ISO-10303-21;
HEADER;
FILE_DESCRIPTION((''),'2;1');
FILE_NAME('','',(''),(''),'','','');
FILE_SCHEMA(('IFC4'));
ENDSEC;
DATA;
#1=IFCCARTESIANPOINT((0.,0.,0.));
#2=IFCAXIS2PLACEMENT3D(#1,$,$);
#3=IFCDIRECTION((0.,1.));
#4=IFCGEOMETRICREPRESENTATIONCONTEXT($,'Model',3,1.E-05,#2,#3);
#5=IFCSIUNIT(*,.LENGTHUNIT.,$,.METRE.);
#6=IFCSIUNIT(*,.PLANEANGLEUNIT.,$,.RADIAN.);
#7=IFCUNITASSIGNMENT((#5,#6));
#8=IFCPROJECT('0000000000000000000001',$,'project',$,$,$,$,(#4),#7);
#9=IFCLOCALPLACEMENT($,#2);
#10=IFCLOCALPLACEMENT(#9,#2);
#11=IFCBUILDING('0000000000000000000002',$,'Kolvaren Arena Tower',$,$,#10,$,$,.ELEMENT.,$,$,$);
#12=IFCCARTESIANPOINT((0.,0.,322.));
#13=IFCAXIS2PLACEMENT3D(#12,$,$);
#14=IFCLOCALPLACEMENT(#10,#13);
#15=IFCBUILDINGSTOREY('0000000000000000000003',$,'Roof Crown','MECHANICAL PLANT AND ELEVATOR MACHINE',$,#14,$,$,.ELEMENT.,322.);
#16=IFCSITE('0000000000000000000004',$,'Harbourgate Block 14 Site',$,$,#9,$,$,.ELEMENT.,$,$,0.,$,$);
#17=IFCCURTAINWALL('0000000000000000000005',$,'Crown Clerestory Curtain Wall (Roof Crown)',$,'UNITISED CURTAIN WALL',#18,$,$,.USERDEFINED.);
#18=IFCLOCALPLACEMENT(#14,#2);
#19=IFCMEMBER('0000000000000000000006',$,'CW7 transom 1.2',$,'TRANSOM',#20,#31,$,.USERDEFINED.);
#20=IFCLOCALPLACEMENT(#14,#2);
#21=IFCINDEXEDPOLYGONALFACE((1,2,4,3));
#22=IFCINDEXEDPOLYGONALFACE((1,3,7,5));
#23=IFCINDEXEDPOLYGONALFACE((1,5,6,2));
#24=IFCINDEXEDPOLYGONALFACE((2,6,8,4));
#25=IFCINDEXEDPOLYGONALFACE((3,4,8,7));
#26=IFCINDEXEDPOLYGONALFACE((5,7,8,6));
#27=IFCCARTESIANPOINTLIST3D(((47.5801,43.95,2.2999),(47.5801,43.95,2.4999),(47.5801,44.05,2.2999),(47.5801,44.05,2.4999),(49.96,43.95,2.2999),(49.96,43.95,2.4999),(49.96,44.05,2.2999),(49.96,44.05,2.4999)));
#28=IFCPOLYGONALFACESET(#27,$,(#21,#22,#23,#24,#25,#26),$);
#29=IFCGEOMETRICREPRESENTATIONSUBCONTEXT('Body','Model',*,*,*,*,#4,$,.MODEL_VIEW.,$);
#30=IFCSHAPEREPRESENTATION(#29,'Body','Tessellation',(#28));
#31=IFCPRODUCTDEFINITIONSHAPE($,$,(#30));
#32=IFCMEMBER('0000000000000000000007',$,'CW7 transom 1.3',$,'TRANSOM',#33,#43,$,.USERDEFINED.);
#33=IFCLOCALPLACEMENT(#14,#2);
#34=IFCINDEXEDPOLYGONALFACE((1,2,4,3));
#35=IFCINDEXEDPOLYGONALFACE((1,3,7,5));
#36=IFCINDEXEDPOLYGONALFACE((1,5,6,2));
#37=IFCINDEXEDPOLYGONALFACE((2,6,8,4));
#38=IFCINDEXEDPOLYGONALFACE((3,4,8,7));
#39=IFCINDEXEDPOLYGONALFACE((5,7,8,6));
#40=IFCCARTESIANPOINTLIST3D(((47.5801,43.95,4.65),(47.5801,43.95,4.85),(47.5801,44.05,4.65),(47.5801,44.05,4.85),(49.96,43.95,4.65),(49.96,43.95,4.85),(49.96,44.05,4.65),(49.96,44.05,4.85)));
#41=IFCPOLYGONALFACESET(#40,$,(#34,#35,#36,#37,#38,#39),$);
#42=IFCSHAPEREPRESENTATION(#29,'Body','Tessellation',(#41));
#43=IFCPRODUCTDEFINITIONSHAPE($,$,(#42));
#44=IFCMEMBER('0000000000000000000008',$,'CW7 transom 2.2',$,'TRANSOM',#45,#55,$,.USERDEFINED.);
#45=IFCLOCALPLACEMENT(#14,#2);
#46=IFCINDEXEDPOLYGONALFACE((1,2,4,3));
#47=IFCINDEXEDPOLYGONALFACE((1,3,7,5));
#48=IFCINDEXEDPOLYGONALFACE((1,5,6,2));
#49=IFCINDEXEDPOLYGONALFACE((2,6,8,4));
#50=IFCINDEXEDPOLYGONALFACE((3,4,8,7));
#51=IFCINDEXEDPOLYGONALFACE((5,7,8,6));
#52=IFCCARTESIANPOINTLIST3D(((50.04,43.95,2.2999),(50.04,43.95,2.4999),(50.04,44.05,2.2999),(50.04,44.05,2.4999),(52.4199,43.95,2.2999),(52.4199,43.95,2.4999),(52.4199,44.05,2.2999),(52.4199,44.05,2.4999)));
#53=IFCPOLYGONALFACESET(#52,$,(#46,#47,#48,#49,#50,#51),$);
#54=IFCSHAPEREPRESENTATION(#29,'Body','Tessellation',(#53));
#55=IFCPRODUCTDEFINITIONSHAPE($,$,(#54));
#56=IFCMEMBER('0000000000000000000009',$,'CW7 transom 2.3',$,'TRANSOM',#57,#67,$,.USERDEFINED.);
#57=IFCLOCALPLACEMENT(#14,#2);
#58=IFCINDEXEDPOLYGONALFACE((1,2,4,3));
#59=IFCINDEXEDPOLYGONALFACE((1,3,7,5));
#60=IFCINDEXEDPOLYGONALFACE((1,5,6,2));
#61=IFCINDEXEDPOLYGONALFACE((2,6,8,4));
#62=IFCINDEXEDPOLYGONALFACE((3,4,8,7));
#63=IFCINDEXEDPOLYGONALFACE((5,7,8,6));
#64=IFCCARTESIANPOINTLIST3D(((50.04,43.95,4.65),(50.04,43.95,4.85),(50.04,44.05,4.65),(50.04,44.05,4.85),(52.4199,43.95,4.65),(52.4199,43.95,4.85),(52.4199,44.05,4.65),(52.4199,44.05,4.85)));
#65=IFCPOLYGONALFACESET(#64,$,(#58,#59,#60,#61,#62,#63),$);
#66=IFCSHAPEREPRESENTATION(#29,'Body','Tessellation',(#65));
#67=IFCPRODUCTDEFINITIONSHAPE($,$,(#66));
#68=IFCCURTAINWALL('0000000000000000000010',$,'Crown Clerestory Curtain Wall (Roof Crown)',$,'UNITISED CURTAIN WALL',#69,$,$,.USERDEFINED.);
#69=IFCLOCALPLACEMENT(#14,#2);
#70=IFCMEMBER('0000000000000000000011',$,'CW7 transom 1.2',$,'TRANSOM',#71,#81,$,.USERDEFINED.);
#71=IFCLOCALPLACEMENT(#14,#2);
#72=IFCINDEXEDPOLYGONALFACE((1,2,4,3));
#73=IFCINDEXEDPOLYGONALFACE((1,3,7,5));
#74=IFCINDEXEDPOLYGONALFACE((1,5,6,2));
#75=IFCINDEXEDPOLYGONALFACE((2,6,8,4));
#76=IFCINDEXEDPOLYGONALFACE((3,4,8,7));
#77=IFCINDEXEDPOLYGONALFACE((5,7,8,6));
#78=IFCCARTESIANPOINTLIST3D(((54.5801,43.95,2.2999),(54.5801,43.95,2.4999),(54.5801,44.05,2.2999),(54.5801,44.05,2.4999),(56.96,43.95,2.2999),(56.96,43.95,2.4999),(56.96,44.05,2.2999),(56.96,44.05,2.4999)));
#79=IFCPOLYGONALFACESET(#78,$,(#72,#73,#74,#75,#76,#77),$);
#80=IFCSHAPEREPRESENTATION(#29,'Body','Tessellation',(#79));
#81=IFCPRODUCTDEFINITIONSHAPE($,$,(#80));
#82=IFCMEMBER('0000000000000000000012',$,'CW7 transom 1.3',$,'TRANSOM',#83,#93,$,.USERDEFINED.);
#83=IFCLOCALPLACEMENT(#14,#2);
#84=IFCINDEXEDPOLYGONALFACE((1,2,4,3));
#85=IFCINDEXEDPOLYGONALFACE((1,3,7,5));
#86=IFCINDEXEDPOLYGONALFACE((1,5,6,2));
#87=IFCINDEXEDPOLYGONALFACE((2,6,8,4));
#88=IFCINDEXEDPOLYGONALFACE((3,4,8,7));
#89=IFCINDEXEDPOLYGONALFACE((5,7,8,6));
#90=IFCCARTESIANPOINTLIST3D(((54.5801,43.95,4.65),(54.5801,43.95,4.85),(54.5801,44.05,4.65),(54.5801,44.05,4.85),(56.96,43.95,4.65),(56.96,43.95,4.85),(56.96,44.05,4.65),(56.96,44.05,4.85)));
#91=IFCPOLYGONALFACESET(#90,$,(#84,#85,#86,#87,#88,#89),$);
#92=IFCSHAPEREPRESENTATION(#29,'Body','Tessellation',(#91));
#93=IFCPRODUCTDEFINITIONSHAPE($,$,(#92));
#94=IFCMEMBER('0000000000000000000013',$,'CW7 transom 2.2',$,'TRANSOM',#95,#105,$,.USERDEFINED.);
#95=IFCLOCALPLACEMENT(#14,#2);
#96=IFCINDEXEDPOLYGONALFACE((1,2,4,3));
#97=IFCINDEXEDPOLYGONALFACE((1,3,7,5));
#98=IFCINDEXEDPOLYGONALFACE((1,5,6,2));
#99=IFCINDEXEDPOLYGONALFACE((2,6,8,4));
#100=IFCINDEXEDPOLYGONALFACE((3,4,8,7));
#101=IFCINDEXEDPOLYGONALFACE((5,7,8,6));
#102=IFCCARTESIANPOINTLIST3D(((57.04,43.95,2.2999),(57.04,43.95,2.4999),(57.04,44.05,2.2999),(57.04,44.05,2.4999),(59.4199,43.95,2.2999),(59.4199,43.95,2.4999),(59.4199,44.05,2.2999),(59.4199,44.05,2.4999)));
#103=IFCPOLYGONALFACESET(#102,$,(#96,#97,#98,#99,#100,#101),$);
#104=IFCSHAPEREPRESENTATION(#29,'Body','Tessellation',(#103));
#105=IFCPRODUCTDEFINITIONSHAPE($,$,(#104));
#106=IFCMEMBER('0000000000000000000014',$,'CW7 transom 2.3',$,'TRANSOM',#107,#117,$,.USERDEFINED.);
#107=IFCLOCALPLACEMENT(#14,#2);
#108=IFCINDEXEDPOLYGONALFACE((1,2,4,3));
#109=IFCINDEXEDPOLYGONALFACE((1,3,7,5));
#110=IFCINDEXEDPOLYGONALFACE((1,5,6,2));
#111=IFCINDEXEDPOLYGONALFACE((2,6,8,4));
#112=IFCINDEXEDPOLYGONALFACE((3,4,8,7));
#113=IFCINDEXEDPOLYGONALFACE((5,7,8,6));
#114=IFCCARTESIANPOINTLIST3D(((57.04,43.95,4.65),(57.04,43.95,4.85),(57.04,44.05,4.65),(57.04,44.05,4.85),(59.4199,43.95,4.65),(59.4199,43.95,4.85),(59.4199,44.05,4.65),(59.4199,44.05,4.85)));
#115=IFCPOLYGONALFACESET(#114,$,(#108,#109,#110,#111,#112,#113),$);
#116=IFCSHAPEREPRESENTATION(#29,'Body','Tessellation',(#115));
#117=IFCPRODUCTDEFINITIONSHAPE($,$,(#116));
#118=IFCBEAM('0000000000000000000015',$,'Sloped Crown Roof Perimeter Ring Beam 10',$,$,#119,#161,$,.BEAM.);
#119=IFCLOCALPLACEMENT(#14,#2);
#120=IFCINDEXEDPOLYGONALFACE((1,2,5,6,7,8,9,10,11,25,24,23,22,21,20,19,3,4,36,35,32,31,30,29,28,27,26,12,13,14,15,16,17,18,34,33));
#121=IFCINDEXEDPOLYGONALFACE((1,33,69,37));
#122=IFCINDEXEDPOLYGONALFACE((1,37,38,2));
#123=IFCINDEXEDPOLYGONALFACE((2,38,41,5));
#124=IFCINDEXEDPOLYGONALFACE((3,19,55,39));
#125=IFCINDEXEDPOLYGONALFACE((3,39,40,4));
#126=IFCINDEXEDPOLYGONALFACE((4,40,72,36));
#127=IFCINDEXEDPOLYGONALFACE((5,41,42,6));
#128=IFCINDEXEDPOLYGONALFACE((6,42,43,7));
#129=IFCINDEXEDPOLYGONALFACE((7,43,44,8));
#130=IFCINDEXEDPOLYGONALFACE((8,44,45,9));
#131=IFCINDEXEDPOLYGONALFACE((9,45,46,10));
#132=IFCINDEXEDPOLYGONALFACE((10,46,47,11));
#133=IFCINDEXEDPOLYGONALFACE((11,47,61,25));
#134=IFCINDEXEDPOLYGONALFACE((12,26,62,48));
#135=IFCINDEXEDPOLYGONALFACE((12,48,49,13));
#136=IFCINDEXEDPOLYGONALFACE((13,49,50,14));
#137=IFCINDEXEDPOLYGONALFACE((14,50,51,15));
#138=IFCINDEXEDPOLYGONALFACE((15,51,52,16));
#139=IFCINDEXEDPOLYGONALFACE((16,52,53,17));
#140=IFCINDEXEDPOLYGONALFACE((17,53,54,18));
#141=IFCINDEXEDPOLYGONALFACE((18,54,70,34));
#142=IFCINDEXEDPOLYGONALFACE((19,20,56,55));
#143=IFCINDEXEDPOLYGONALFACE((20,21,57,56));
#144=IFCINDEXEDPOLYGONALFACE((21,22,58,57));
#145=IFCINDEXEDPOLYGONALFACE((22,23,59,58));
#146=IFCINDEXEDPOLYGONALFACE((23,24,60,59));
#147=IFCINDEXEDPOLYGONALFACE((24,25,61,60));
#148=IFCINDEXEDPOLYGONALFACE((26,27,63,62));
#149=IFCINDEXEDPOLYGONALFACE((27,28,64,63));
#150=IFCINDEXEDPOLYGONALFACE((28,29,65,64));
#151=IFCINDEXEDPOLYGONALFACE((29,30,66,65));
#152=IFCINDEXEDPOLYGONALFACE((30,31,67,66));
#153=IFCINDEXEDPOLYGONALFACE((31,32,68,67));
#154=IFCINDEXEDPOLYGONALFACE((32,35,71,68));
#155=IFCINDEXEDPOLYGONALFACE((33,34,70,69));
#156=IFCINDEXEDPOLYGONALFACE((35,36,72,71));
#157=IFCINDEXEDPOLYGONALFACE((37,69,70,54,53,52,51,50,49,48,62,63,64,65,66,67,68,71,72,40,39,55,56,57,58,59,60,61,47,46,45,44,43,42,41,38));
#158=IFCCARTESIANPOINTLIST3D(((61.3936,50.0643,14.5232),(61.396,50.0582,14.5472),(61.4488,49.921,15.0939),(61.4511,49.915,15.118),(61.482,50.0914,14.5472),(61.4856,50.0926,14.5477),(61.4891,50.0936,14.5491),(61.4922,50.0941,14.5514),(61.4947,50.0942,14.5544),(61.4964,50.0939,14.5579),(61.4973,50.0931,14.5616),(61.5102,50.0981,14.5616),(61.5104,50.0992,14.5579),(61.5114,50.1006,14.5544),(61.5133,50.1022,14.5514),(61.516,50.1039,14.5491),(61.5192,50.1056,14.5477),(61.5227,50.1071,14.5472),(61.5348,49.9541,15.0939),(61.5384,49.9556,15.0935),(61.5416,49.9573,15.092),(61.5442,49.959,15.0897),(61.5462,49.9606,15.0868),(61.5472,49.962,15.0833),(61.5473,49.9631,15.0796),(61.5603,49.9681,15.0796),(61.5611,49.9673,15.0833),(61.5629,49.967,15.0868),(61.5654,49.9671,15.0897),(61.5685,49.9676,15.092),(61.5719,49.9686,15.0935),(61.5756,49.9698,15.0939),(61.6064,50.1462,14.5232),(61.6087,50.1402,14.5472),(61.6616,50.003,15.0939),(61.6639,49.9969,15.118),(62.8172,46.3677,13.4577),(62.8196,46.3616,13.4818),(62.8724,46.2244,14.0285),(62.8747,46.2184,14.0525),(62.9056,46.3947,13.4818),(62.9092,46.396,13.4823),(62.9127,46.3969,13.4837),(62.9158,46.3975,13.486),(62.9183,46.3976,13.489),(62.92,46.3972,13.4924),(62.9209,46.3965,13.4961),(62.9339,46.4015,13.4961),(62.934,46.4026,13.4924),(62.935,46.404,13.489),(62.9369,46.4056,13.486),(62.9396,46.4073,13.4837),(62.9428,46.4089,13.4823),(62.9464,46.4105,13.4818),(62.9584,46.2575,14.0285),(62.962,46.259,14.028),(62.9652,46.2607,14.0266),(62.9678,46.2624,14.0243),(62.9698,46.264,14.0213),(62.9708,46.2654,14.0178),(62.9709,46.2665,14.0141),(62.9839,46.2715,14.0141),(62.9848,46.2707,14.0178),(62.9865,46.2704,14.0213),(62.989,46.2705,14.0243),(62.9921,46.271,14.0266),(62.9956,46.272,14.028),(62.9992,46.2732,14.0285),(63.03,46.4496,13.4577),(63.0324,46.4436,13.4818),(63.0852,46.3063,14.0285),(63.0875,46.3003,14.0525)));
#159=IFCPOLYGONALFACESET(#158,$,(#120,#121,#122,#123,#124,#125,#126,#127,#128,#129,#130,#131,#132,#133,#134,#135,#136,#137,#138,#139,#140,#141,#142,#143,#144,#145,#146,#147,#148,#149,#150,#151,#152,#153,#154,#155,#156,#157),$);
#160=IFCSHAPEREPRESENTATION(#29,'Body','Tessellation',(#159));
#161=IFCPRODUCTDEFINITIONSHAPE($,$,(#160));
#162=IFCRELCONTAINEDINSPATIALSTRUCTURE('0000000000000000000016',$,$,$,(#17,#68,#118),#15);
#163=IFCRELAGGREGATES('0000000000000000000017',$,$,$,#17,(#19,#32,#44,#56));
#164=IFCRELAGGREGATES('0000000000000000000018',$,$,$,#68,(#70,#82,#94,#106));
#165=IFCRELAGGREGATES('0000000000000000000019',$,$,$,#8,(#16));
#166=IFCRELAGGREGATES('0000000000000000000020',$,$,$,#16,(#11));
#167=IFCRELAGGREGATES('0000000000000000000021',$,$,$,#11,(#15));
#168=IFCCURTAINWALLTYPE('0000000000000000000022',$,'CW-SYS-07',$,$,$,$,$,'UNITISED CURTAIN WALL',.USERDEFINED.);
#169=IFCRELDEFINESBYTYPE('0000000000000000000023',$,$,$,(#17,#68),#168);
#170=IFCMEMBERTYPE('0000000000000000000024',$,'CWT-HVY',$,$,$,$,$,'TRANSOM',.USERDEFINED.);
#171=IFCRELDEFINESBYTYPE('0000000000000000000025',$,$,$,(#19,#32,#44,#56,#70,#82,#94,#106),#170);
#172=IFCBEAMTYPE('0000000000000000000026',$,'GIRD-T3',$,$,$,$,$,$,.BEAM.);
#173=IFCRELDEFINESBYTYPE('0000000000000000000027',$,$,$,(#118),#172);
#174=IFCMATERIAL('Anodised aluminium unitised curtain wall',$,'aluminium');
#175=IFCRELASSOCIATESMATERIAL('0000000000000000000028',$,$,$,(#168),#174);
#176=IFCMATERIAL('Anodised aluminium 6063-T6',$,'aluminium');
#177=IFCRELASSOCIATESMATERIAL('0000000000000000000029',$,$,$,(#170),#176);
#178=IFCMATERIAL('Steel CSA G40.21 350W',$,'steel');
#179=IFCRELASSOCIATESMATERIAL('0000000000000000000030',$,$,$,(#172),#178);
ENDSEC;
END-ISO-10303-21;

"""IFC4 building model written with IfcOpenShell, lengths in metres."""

from ifc_helpers import new_model, si_unit, direction, frame, origin, origin_2d, place, context, subcontext, project, spatial, rectangle, i_section, extrude, material, material_profile, profile_set, type_object, element, aggregate, save


model = new_model("IFC4")

# Units and contexts
model_context = context("Model", 3, precision=1e-05, world=origin(), true_north=direction((0.0, 1.0)))
body_context = subcontext(model_context, "Body", "Model", "MODEL_VIEW")
ifc_project = project(units=[si_unit("LENGTHUNIT", "METRE"), si_unit("PLANEANGLEUNIT", "RADIAN")], contexts=[model_context])

# Site, building, storey
site_placement = place(None, origin())
site = spatial("IfcSite", under=ifc_project, at=site_placement, Name="Harbourgate Block 14 Site", CompositionType="ELEMENT", RefElevation=0.0)
building_placement = place(site_placement, origin())
building = spatial("IfcBuilding", under=site, at=building_placement, Name="Kolvaren Arena Tower", CompositionType="ELEMENT")
storey_placement = place(building_placement, frame((0.0, 0.0, 322.0)))
storey = spatial("IfcBuildingStorey", under=building, at=storey_placement, Name="Roof Crown", Description="MECHANICAL PLANT AND ELEVATOR MACHINE", CompositionType="ELEMENT", Elevation=322.0)

# Curtain walls, members
ifc_material_1 = material(Name="Anodised aluminium unitised curtain wall", Category="aluminium")
curtain_wall_type = type_object("IfcCurtainWallType", Name="CW-SYS-07", ElementType="UNITISED CURTAIN WALL", PredefinedType="USERDEFINED", material=ifc_material_1)
curtain_wall_1_placement = place(storey_placement, origin())
curtain_wall_1 = element("IfcCurtainWall", 1, at=curtain_wall_1_placement, inside=storey, type_object=curtain_wall_type, Name="Crown Clerestory Curtain Wall (Roof Crown)", ObjectType="UNITISED CURTAIN WALL", PredefinedType="USERDEFINED")
ifc_material_2 = material(Name="Anodised aluminium 6063-T6", Category="aluminium")
ifc_material_profile_1 = material_profile(ifc_material_2, rectangle(XDim=0.1001, YDim=0.2, at=origin_2d()), Name="ALU-100x200")
ifc_profile_set_1 = profile_set([ifc_material_profile_1], Name="Anodised aluminium 6063-T6")
member_type = type_object("IfcMemberType", Name="CWT-HVY", ElementType="TRANSOM", PredefinedType="USERDEFINED", material=ifc_profile_set_1)
member_1_placement = place(storey_placement, frame((47.5801, 44.0, 2.3999), z_axis=(1.0, 0.0, 0.0), x_axis=(0.0, 1.0, 0.0)))
member_1 = element("IfcMember", 2, at=member_1_placement, type_object=member_type, Name="CW7 transom 1.2", ObjectType="TRANSOM", PredefinedType="USERDEFINED", context=body_context, shape_type="SweptSolid", body=[
    extrude(rectangle(XDim=0.1001, YDim=0.2, at=origin_2d()), origin(), (0.0, 0.0, 1.0), 2.3799),
])
member_2_placement = place(storey_placement, frame((47.5801, 44.0, 4.75), z_axis=(1.0, 0.0, 0.0), x_axis=(0.0, 1.0, 0.0)))
member_2 = element("IfcMember", 3, at=member_2_placement, type_object=member_type, Name="CW7 transom 1.3", ObjectType="TRANSOM", PredefinedType="USERDEFINED", context=body_context, shape_type="SweptSolid", body=[
    extrude(rectangle(XDim=0.1001, YDim=0.2, at=origin_2d()), origin(), (0.0, 0.0, 1.0), 2.3799),
])
member_3_placement = place(storey_placement, frame((50.04, 44.0, 2.3999), z_axis=(1.0, 0.0, 0.0), x_axis=(0.0, 1.0, 0.0)))
member_3 = element("IfcMember", 4, at=member_3_placement, type_object=member_type, Name="CW7 transom 2.2", ObjectType="TRANSOM", PredefinedType="USERDEFINED", context=body_context, shape_type="SweptSolid", body=[
    extrude(rectangle(XDim=0.1001, YDim=0.2, at=origin_2d()), origin(), (0.0, 0.0, 1.0), 2.3799),
])
member_4_placement = place(storey_placement, frame((50.04, 44.0, 4.75), z_axis=(1.0, 0.0, 0.0), x_axis=(0.0, 1.0, 0.0)))
member_4 = element("IfcMember", 5, at=member_4_placement, type_object=member_type, Name="CW7 transom 2.3", ObjectType="TRANSOM", PredefinedType="USERDEFINED", context=body_context, shape_type="SweptSolid", body=[
    extrude(rectangle(XDim=0.1001, YDim=0.2, at=origin_2d()), origin(), (0.0, 0.0, 1.0), 2.3799),
])
curtain_wall_2_placement = place(storey_placement, origin())
curtain_wall_2 = element("IfcCurtainWall", 6, at=curtain_wall_2_placement, inside=storey, type_object=curtain_wall_type, Name="Crown Clerestory Curtain Wall (Roof Crown)", ObjectType="UNITISED CURTAIN WALL", PredefinedType="USERDEFINED")
member_5_placement = place(storey_placement, frame((54.5801, 44.0, 2.3999), z_axis=(1.0, 0.0, 0.0), x_axis=(0.0, 1.0, 0.0)))
member_5 = element("IfcMember", 7, at=member_5_placement, type_object=member_type, Name="CW7 transom 1.2", ObjectType="TRANSOM", PredefinedType="USERDEFINED", context=body_context, shape_type="SweptSolid", body=[
    extrude(rectangle(XDim=0.1001, YDim=0.2, at=origin_2d()), origin(), (0.0, 0.0, 1.0), 2.3799),
])
member_6_placement = place(storey_placement, frame((54.5801, 44.0, 4.75), z_axis=(1.0, 0.0, 0.0), x_axis=(0.0, 1.0, 0.0)))
member_6 = element("IfcMember", 8, at=member_6_placement, type_object=member_type, Name="CW7 transom 1.3", ObjectType="TRANSOM", PredefinedType="USERDEFINED", context=body_context, shape_type="SweptSolid", body=[
    extrude(rectangle(XDim=0.1001, YDim=0.2, at=origin_2d()), origin(), (0.0, 0.0, 1.0), 2.3799),
])
member_7_placement = place(storey_placement, frame((57.04, 44.0, 2.3999), z_axis=(1.0, 0.0, 0.0), x_axis=(0.0, 1.0, 0.0)))
member_7 = element("IfcMember", 9, at=member_7_placement, type_object=member_type, Name="CW7 transom 2.2", ObjectType="TRANSOM", PredefinedType="USERDEFINED", context=body_context, shape_type="SweptSolid", body=[
    extrude(rectangle(XDim=0.1001, YDim=0.2, at=origin_2d()), origin(), (0.0, 0.0, 1.0), 2.3799),
])
member_8_placement = place(storey_placement, frame((57.04, 44.0, 4.75), z_axis=(1.0, 0.0, 0.0), x_axis=(0.0, 1.0, 0.0)))
member_8 = element("IfcMember", 10, at=member_8_placement, type_object=member_type, Name="CW7 transom 2.3", ObjectType="TRANSOM", PredefinedType="USERDEFINED", context=body_context, shape_type="SweptSolid", body=[
    extrude(rectangle(XDim=0.1001, YDim=0.2, at=origin_2d()), origin(), (0.0, 0.0, 1.0), 2.3799),
])

# Beam
ifc_material_3 = material(Name="Steel CSA G40.21 350W", Category="steel")
ifc_material_profile_2 = material_profile(ifc_material_3, i_section(OverallWidth=0.228, OverallDepth=0.616, WebThickness=0.0139, FlangeThickness=0.0249, FilletRadius=0.0149, at=origin_2d()), Name="W610x174")
ifc_profile_set_2 = profile_set([ifc_material_profile_2], Name="Steel CSA G40.21 350W")
beam_type = type_object("IfcBeamType", Name="GIRD-T3", PredefinedType="BEAM", material=ifc_profile_set_2)
beam_1_placement = place(storey_placement, frame((62.9524, 46.334, 13.7551), z_axis=(-0.34705, 0.901162, 0.259737), x_axis=(-0.93319, -0.359384, 0.0)))
element("IfcBeam", 11, at=beam_1_placement, inside=storey, type_object=beam_type, Name="Sloped Crown Roof Perimeter Ring Beam 10", PredefinedType="BEAM", context=body_context, shape_type="SweptSolid", body=[
    extrude(i_section(OverallWidth=0.228, OverallDepth=0.616, WebThickness=0.0139, FlangeThickness=0.0249, FilletRadius=0.0149, at=origin_2d()), origin(), (0.0, 0.0, 1.0), 4.1021),
])

aggregate(curtain_wall_1, [member_1, member_2, member_3, member_4])
aggregate(curtain_wall_2, [member_5, member_6, member_7, member_8])

save(model, "model.ifc")
